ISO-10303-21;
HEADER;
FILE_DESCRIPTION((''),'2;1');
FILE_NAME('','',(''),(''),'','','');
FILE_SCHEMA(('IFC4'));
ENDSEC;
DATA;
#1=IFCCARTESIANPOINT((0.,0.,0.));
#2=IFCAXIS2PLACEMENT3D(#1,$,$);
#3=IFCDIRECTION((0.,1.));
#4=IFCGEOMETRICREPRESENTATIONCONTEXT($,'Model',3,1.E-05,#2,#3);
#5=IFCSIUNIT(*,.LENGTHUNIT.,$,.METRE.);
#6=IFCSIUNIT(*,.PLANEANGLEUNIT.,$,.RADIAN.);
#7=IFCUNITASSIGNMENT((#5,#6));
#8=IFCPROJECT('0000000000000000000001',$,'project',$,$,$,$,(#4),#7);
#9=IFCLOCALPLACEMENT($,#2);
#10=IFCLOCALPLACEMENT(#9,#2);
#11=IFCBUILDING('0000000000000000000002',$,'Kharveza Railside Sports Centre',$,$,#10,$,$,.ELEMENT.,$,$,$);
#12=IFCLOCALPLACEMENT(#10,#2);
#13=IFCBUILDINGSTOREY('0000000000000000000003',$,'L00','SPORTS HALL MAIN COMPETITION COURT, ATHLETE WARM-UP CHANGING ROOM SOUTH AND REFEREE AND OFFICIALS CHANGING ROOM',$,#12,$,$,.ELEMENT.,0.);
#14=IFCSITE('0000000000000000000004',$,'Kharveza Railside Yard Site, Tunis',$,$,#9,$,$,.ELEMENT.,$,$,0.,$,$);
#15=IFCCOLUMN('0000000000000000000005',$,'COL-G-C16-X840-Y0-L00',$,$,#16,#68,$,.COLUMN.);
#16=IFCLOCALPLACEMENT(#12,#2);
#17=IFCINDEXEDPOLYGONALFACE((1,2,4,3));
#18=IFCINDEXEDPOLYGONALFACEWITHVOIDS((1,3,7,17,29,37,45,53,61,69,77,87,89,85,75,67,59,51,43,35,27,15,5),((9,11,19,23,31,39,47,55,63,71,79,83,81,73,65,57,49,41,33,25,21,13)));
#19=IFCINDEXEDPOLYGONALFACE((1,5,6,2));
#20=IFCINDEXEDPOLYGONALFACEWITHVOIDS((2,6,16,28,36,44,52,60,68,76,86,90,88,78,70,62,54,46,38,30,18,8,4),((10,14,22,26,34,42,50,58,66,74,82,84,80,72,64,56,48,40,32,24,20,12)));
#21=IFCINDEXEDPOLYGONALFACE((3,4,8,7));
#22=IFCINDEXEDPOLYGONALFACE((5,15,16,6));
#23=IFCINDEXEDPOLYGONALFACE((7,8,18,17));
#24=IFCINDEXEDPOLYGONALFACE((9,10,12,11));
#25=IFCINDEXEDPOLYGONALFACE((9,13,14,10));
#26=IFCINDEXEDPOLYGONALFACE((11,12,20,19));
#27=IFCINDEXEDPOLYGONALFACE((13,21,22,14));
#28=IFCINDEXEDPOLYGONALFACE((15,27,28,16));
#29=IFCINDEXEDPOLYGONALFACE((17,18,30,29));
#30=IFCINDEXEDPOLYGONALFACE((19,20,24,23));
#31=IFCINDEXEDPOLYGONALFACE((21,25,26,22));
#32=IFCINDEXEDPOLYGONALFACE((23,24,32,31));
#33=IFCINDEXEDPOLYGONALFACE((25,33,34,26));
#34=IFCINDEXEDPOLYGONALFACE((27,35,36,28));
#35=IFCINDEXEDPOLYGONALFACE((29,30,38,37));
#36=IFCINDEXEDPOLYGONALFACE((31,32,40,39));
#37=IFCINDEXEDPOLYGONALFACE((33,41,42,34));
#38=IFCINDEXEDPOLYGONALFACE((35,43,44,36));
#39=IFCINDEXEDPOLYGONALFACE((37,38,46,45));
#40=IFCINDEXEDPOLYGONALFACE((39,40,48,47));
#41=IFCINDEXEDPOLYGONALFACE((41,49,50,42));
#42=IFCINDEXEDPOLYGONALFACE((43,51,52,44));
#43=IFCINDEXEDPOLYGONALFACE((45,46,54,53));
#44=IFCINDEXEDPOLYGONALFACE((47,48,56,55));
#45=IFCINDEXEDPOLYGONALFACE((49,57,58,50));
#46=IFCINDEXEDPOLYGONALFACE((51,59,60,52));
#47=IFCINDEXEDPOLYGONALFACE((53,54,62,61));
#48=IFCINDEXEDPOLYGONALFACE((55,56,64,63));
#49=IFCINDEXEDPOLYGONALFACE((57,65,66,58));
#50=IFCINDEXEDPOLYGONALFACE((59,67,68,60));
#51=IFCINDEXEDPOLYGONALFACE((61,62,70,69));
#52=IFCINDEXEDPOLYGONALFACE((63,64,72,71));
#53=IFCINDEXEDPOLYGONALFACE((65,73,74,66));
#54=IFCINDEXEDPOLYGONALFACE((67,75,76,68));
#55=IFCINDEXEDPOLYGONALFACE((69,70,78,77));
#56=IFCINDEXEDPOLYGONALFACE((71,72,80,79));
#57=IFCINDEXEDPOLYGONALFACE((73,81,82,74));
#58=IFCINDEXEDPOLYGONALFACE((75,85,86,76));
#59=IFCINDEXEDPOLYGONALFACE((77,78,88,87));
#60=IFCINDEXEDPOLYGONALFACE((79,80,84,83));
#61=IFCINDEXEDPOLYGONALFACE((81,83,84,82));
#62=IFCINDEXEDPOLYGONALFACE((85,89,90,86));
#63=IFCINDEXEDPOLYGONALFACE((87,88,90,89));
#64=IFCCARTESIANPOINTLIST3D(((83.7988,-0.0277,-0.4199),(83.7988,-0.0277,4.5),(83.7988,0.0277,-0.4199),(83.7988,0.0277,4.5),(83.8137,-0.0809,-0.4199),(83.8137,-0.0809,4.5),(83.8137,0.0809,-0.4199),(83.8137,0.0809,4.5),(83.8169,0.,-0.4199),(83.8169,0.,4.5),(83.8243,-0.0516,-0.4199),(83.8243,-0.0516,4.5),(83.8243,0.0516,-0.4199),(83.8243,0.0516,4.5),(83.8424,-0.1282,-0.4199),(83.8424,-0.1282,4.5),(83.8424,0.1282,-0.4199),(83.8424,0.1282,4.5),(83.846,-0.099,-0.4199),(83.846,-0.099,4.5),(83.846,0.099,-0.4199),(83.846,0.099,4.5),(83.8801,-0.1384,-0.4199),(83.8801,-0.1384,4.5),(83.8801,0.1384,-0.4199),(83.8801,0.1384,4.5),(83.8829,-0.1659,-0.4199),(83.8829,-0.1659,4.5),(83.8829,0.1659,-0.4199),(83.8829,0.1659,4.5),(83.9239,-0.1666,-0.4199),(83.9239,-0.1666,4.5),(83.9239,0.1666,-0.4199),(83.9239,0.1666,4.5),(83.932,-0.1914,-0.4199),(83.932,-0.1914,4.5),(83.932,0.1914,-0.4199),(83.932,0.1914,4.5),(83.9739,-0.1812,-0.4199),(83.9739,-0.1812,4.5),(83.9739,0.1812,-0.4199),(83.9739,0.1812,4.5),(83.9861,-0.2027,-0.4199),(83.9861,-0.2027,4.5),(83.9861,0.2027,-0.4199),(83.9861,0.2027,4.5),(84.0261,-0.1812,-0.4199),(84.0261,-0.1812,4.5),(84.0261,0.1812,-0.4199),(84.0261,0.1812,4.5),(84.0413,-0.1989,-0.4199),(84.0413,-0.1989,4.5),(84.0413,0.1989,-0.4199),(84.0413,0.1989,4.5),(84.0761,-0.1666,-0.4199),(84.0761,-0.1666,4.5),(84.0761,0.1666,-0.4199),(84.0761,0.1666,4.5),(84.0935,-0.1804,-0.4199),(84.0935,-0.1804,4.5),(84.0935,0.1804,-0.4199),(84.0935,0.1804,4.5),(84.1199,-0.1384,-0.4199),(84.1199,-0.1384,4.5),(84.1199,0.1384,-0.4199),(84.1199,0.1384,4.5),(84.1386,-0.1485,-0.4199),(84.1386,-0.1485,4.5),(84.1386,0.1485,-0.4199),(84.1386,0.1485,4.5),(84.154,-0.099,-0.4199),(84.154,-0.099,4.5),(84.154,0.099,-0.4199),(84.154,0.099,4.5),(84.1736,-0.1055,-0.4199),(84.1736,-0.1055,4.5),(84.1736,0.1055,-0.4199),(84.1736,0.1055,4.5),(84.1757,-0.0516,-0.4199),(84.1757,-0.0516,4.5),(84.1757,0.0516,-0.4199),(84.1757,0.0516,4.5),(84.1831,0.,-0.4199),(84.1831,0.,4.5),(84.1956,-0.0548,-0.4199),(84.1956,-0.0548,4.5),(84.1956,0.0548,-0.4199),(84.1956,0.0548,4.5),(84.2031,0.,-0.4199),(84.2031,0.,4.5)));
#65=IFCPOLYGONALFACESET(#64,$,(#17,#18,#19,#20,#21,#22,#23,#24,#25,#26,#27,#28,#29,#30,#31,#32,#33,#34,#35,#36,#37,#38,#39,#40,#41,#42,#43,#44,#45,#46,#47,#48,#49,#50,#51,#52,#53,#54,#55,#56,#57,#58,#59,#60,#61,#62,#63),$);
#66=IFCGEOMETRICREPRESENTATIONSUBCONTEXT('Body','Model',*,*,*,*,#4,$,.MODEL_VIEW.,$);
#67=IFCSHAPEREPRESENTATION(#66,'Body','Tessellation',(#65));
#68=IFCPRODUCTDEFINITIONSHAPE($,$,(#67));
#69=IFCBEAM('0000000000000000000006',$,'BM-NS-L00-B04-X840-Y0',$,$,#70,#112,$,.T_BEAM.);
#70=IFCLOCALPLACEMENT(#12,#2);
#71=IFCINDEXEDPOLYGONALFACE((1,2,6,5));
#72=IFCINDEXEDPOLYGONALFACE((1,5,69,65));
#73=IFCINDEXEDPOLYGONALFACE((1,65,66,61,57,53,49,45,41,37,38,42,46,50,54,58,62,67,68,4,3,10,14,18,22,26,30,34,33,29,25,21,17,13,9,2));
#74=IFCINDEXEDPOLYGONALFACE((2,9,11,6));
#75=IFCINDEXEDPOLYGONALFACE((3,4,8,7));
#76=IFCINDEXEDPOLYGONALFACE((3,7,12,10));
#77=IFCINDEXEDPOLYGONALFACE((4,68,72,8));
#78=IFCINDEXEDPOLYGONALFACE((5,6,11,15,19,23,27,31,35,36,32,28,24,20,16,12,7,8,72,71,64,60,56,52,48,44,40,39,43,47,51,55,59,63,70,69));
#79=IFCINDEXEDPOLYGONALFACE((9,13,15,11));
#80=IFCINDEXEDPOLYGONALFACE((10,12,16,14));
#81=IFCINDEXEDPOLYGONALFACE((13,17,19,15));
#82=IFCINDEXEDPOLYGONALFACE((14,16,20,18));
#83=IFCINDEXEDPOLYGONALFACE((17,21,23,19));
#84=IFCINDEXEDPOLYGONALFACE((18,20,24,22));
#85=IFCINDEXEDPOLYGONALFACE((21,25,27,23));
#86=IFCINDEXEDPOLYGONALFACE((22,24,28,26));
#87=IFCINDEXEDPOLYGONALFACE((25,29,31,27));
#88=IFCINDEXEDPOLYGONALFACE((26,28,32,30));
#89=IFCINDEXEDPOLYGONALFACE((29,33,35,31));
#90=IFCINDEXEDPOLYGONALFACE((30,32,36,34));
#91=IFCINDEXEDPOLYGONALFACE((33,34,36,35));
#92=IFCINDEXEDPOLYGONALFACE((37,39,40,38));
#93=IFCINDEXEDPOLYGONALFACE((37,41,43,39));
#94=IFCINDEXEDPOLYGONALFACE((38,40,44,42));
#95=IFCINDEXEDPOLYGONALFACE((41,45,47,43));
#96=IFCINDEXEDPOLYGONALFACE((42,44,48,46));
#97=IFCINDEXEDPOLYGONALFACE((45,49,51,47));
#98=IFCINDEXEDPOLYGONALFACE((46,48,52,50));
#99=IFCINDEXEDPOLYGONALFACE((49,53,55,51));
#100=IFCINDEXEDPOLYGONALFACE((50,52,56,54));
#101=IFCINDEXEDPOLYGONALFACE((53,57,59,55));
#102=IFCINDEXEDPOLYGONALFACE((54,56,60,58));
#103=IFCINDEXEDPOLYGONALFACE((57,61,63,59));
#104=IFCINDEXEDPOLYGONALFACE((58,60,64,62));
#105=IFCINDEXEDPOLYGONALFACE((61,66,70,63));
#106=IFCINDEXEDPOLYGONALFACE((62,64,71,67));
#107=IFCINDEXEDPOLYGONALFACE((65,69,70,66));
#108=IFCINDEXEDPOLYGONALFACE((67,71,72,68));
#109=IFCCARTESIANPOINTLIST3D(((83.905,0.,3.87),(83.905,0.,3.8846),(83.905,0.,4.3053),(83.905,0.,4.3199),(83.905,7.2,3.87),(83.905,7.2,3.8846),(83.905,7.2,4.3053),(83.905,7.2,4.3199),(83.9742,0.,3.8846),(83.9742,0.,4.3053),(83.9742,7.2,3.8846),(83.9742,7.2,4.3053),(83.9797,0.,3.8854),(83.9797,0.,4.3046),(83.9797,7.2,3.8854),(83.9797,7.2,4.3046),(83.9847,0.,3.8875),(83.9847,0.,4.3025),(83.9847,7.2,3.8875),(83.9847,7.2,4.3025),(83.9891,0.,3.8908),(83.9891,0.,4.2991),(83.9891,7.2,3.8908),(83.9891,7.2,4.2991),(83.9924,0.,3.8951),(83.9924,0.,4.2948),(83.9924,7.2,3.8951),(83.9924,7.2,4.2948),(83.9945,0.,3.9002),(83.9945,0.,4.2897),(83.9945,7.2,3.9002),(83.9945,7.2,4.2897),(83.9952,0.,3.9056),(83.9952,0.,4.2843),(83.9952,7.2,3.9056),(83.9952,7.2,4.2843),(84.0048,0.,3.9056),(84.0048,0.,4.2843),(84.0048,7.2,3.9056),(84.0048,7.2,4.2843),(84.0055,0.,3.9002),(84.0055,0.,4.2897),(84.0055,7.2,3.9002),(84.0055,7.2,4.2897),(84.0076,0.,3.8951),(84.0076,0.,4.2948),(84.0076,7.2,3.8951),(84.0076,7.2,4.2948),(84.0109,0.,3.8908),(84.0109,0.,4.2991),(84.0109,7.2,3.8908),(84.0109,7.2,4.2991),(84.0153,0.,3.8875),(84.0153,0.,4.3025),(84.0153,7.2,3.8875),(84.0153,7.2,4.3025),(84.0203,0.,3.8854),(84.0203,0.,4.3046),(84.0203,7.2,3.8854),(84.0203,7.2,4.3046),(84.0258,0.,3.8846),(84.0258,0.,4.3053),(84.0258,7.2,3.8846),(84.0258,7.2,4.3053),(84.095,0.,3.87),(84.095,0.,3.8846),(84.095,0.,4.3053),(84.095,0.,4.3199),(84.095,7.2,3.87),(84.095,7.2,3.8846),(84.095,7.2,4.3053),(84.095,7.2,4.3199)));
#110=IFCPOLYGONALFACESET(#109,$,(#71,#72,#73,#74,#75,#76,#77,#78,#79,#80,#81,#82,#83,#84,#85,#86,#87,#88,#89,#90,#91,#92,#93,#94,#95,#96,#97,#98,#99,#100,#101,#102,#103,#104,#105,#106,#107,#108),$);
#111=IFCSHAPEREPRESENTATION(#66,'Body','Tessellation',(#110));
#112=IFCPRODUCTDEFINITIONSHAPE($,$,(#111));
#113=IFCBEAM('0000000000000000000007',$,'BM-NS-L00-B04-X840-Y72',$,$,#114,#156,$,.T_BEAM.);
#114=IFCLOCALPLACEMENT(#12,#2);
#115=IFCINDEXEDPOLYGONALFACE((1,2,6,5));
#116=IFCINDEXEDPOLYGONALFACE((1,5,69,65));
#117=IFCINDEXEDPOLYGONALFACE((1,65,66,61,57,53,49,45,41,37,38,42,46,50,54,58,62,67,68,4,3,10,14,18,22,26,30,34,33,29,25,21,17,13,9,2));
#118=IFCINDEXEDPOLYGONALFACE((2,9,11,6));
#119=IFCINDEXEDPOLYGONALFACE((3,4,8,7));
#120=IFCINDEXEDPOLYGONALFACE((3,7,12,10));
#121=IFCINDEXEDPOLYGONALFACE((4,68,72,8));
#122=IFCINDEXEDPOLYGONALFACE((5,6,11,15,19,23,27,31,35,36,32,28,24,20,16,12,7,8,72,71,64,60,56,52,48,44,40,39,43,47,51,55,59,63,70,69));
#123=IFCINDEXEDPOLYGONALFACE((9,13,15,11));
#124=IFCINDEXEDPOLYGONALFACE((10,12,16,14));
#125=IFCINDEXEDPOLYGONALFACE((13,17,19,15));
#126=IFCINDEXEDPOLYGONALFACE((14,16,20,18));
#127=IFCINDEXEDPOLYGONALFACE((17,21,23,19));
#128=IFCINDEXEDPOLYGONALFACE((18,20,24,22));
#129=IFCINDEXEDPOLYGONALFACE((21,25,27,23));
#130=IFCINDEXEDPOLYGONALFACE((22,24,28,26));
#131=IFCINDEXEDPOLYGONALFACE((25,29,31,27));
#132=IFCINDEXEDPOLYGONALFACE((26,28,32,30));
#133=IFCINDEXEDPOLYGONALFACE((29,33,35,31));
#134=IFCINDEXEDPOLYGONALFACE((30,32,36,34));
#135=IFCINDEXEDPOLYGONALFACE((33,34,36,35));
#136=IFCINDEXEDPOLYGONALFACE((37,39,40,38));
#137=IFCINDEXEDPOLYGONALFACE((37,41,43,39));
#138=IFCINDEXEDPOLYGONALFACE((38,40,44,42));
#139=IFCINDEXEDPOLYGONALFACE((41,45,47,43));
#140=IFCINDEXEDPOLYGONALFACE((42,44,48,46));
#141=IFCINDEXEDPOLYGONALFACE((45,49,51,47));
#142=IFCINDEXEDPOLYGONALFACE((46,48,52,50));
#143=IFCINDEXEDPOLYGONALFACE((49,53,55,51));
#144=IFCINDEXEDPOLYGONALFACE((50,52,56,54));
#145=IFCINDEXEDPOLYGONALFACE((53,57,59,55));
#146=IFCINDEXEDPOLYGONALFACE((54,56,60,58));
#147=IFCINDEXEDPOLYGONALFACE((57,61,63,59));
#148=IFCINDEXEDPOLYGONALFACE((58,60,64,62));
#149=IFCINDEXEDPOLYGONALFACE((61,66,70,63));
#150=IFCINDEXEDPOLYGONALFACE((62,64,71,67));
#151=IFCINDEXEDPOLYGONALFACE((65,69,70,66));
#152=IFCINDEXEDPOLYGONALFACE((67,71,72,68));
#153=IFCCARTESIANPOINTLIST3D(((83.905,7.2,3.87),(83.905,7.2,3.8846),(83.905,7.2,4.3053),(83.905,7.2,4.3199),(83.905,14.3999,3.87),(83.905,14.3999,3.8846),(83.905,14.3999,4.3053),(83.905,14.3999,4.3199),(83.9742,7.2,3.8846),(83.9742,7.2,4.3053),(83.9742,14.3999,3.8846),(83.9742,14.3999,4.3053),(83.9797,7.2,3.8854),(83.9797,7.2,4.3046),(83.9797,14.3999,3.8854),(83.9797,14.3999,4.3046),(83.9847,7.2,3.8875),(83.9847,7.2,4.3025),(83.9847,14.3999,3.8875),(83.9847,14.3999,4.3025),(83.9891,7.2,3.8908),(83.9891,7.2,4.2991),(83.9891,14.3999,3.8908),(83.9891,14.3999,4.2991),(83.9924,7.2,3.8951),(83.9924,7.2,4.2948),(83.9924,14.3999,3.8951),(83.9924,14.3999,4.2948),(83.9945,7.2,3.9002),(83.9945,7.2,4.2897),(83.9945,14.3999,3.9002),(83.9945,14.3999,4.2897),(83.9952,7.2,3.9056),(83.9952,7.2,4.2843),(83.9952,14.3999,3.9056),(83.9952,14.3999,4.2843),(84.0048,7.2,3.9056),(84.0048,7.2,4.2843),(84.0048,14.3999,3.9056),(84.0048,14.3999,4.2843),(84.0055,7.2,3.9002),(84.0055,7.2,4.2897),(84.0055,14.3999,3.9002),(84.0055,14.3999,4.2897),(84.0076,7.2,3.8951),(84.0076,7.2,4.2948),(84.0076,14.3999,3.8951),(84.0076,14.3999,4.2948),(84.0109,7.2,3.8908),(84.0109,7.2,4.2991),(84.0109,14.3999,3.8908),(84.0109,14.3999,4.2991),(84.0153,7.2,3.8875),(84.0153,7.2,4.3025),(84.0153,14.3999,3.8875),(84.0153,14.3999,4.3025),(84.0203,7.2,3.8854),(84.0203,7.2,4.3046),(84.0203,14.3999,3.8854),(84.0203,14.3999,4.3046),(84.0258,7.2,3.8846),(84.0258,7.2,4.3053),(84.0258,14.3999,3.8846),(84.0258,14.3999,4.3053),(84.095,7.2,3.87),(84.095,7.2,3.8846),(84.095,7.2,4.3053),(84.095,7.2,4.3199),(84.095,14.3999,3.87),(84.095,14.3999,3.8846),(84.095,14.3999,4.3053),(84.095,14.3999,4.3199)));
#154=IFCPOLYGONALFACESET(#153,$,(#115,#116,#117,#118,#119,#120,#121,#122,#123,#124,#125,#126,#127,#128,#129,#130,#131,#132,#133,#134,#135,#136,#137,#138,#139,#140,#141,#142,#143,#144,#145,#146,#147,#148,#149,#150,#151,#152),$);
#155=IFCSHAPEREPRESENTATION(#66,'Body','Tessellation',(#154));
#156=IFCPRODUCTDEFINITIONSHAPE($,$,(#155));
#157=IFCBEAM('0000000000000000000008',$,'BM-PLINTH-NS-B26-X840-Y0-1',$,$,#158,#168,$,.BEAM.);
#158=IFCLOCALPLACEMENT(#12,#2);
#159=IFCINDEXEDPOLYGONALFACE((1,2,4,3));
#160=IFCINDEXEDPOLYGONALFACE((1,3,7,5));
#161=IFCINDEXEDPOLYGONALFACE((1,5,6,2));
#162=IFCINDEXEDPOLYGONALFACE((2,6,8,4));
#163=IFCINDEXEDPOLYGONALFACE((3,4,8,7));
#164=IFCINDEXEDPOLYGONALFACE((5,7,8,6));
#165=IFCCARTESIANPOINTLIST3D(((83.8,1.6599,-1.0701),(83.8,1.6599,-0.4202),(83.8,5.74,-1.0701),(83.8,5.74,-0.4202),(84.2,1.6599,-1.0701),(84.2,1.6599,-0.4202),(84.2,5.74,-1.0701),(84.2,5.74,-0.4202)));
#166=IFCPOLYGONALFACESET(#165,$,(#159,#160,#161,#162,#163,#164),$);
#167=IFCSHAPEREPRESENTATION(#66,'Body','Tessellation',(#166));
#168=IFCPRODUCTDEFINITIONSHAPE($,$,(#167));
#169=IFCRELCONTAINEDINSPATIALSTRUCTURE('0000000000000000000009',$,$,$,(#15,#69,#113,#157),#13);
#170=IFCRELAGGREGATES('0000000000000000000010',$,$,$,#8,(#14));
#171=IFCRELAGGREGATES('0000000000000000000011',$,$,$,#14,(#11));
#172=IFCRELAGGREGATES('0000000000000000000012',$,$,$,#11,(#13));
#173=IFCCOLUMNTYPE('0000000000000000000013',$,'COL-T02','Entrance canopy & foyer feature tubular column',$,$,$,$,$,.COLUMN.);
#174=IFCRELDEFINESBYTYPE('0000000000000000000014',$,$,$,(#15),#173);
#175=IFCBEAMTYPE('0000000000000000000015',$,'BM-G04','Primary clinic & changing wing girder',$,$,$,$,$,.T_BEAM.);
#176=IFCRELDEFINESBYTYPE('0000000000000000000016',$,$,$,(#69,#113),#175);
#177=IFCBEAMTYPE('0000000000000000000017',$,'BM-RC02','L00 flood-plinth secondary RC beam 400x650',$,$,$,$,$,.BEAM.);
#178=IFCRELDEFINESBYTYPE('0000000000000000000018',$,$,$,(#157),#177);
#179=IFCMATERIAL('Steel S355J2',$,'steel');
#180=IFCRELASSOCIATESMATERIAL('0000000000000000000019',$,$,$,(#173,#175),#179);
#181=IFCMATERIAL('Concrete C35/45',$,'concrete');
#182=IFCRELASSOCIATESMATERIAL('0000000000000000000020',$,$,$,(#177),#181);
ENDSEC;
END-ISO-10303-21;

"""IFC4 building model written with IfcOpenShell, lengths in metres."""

from ifc_helpers import new_model, si_unit, direction, frame, origin, origin_2d, place, context, subcontext, project, spatial, rectangle, hollow_circle, i_section, extrude, material, material_profile, profile_set, type_object, element, save


model = new_model("IFC4")

# Units and contexts
model_context = context("Model", 3, precision=1e-05, world=origin(), true_north=direction((0.0, 1.0)))
body_context = subcontext(model_context, "Body", "Model", "MODEL_VIEW")
ifc_project = project(units=[si_unit("LENGTHUNIT", "METRE"), si_unit("PLANEANGLEUNIT", "RADIAN")], contexts=[model_context])

# Site, building, storey
site_placement = place(None, origin())
site = spatial("IfcSite", under=ifc_project, at=site_placement, Name="Kharveza Railside Yard Site, Tunis", CompositionType="ELEMENT", RefElevation=0.0)
building_placement = place(site_placement, origin())
building = spatial("IfcBuilding", under=site, at=building_placement, Name="Kharveza Railside Sports Centre", CompositionType="ELEMENT")
storey_placement = place(building_placement, origin())
storey = spatial("IfcBuildingStorey", under=building, at=storey_placement, Name="L00", Description="SPORTS HALL MAIN COMPETITION COURT, ATHLETE WARM-UP CHANGING ROOM SOUTH AND REFEREE AND OFFICIALS CHANGING ROOM", CompositionType="ELEMENT", Elevation=0.0)

# Shared definitions
ifc_material_1 = material(Name="Concrete C35/45", Category="concrete")

# Column
ifc_material_2 = material(Name="Steel S355J2", Category="steel")
ifc_material_profile_1 = material_profile(ifc_material_2, hollow_circle(Radius=0.2031, WallThickness=0.02, at=origin_2d()), Name="CHS 406.4x20.0")
ifc_profile_set_1 = profile_set([ifc_material_profile_1], Name="Steel S355J2")
column_type_1 = type_object("IfcColumnType", Name="COL-T02", Description="Entrance canopy & foyer feature tubular column", PredefinedType="COLUMN", material=ifc_profile_set_1)
column_1_placement = place(storey_placement, frame((84.0, 0.0, -0.4199), z_axis=(0.0, 0.0, 1.0), x_axis=(1.0, 0.0, 0.0)))
element("IfcColumn", 1, at=column_1_placement, inside=storey, type_object=column_type_1, Name="COL-G-C16-X840-Y0-L00", PredefinedType="COLUMN", context=body_context, shape_type="SweptSolid", body=[
    extrude(hollow_circle(Radius=0.2031, WallThickness=0.02, at=origin_2d()), origin(), (0.0, 0.0, 1.0), 4.9199),
])

# Beams
ifc_material_profile_2 = material_profile(ifc_material_2, i_section(OverallWidth=0.1899, OverallDepth=0.45, WebThickness=0.0095, FlangeThickness=0.0146, FilletRadius=0.021, at=origin_2d()), Name="IPE 450")
ifc_profile_set_2 = profile_set([ifc_material_profile_2], Name="Steel S355J2")
beam_type_1 = type_object("IfcBeamType", Name="BM-G04", Description="Primary clinic & changing wing girder", PredefinedType="T_BEAM", material=ifc_profile_set_2)
for number, where, z_axis, x_axis, name in (
    (2, (84.0, 0.0, 4.095), (0.0, 1.0, 0.0), (-1.0, 0.0, 0.0), "BM-NS-L00-B04-X840-Y0"),
    (3, (84.0, 7.2, 4.095), (0.0, 1.0, 0.0), (-1.0, 0.0, 0.0), "BM-NS-L00-B04-X840-Y72"),
):
    element("IfcBeam", number, at=place(storey_placement, frame(where, z_axis=z_axis, x_axis=x_axis)), inside=storey, type_object=beam_type_1, Name=name, PredefinedType="T_BEAM", context=body_context, shape_type="SweptSolid", body=[
        extrude(i_section(OverallWidth=0.1899, OverallDepth=0.45, WebThickness=0.0095, FlangeThickness=0.0146, FilletRadius=0.021, at=origin_2d()), origin(), (0.0, 0.0, 1.0), 7.2),
    ])
ifc_material_profile_3 = material_profile(ifc_material_1, rectangle(XDim=0.3999, YDim=0.6499, at=origin_2d()), Name="RCB 400x650")
ifc_profile_set_3 = profile_set([ifc_material_profile_3], Name="Concrete C35/45")
beam_type_2 = type_object("IfcBeamType", Name="BM-RC02", Description="L00 flood-plinth secondary RC beam 400x650", PredefinedType="BEAM", material=ifc_profile_set_3)
beam_1_placement = place(storey_placement, frame((84.0, 1.6599, -0.7451), z_axis=(0.0, 1.0, 0.0), x_axis=(-1.0, 0.0, 0.0)))
element("IfcBeam", 4, at=beam_1_placement, inside=storey, type_object=beam_type_2, Name="BM-PLINTH-NS-B26-X840-Y0-1", PredefinedType="BEAM", context=body_context, shape_type="SweptSolid", body=[
    extrude(rectangle(XDim=0.3999, YDim=0.6499, at=origin_2d()), origin(), (0.0, 0.0, 1.0), 4.0801),
])

save(model, "model.ifc")
